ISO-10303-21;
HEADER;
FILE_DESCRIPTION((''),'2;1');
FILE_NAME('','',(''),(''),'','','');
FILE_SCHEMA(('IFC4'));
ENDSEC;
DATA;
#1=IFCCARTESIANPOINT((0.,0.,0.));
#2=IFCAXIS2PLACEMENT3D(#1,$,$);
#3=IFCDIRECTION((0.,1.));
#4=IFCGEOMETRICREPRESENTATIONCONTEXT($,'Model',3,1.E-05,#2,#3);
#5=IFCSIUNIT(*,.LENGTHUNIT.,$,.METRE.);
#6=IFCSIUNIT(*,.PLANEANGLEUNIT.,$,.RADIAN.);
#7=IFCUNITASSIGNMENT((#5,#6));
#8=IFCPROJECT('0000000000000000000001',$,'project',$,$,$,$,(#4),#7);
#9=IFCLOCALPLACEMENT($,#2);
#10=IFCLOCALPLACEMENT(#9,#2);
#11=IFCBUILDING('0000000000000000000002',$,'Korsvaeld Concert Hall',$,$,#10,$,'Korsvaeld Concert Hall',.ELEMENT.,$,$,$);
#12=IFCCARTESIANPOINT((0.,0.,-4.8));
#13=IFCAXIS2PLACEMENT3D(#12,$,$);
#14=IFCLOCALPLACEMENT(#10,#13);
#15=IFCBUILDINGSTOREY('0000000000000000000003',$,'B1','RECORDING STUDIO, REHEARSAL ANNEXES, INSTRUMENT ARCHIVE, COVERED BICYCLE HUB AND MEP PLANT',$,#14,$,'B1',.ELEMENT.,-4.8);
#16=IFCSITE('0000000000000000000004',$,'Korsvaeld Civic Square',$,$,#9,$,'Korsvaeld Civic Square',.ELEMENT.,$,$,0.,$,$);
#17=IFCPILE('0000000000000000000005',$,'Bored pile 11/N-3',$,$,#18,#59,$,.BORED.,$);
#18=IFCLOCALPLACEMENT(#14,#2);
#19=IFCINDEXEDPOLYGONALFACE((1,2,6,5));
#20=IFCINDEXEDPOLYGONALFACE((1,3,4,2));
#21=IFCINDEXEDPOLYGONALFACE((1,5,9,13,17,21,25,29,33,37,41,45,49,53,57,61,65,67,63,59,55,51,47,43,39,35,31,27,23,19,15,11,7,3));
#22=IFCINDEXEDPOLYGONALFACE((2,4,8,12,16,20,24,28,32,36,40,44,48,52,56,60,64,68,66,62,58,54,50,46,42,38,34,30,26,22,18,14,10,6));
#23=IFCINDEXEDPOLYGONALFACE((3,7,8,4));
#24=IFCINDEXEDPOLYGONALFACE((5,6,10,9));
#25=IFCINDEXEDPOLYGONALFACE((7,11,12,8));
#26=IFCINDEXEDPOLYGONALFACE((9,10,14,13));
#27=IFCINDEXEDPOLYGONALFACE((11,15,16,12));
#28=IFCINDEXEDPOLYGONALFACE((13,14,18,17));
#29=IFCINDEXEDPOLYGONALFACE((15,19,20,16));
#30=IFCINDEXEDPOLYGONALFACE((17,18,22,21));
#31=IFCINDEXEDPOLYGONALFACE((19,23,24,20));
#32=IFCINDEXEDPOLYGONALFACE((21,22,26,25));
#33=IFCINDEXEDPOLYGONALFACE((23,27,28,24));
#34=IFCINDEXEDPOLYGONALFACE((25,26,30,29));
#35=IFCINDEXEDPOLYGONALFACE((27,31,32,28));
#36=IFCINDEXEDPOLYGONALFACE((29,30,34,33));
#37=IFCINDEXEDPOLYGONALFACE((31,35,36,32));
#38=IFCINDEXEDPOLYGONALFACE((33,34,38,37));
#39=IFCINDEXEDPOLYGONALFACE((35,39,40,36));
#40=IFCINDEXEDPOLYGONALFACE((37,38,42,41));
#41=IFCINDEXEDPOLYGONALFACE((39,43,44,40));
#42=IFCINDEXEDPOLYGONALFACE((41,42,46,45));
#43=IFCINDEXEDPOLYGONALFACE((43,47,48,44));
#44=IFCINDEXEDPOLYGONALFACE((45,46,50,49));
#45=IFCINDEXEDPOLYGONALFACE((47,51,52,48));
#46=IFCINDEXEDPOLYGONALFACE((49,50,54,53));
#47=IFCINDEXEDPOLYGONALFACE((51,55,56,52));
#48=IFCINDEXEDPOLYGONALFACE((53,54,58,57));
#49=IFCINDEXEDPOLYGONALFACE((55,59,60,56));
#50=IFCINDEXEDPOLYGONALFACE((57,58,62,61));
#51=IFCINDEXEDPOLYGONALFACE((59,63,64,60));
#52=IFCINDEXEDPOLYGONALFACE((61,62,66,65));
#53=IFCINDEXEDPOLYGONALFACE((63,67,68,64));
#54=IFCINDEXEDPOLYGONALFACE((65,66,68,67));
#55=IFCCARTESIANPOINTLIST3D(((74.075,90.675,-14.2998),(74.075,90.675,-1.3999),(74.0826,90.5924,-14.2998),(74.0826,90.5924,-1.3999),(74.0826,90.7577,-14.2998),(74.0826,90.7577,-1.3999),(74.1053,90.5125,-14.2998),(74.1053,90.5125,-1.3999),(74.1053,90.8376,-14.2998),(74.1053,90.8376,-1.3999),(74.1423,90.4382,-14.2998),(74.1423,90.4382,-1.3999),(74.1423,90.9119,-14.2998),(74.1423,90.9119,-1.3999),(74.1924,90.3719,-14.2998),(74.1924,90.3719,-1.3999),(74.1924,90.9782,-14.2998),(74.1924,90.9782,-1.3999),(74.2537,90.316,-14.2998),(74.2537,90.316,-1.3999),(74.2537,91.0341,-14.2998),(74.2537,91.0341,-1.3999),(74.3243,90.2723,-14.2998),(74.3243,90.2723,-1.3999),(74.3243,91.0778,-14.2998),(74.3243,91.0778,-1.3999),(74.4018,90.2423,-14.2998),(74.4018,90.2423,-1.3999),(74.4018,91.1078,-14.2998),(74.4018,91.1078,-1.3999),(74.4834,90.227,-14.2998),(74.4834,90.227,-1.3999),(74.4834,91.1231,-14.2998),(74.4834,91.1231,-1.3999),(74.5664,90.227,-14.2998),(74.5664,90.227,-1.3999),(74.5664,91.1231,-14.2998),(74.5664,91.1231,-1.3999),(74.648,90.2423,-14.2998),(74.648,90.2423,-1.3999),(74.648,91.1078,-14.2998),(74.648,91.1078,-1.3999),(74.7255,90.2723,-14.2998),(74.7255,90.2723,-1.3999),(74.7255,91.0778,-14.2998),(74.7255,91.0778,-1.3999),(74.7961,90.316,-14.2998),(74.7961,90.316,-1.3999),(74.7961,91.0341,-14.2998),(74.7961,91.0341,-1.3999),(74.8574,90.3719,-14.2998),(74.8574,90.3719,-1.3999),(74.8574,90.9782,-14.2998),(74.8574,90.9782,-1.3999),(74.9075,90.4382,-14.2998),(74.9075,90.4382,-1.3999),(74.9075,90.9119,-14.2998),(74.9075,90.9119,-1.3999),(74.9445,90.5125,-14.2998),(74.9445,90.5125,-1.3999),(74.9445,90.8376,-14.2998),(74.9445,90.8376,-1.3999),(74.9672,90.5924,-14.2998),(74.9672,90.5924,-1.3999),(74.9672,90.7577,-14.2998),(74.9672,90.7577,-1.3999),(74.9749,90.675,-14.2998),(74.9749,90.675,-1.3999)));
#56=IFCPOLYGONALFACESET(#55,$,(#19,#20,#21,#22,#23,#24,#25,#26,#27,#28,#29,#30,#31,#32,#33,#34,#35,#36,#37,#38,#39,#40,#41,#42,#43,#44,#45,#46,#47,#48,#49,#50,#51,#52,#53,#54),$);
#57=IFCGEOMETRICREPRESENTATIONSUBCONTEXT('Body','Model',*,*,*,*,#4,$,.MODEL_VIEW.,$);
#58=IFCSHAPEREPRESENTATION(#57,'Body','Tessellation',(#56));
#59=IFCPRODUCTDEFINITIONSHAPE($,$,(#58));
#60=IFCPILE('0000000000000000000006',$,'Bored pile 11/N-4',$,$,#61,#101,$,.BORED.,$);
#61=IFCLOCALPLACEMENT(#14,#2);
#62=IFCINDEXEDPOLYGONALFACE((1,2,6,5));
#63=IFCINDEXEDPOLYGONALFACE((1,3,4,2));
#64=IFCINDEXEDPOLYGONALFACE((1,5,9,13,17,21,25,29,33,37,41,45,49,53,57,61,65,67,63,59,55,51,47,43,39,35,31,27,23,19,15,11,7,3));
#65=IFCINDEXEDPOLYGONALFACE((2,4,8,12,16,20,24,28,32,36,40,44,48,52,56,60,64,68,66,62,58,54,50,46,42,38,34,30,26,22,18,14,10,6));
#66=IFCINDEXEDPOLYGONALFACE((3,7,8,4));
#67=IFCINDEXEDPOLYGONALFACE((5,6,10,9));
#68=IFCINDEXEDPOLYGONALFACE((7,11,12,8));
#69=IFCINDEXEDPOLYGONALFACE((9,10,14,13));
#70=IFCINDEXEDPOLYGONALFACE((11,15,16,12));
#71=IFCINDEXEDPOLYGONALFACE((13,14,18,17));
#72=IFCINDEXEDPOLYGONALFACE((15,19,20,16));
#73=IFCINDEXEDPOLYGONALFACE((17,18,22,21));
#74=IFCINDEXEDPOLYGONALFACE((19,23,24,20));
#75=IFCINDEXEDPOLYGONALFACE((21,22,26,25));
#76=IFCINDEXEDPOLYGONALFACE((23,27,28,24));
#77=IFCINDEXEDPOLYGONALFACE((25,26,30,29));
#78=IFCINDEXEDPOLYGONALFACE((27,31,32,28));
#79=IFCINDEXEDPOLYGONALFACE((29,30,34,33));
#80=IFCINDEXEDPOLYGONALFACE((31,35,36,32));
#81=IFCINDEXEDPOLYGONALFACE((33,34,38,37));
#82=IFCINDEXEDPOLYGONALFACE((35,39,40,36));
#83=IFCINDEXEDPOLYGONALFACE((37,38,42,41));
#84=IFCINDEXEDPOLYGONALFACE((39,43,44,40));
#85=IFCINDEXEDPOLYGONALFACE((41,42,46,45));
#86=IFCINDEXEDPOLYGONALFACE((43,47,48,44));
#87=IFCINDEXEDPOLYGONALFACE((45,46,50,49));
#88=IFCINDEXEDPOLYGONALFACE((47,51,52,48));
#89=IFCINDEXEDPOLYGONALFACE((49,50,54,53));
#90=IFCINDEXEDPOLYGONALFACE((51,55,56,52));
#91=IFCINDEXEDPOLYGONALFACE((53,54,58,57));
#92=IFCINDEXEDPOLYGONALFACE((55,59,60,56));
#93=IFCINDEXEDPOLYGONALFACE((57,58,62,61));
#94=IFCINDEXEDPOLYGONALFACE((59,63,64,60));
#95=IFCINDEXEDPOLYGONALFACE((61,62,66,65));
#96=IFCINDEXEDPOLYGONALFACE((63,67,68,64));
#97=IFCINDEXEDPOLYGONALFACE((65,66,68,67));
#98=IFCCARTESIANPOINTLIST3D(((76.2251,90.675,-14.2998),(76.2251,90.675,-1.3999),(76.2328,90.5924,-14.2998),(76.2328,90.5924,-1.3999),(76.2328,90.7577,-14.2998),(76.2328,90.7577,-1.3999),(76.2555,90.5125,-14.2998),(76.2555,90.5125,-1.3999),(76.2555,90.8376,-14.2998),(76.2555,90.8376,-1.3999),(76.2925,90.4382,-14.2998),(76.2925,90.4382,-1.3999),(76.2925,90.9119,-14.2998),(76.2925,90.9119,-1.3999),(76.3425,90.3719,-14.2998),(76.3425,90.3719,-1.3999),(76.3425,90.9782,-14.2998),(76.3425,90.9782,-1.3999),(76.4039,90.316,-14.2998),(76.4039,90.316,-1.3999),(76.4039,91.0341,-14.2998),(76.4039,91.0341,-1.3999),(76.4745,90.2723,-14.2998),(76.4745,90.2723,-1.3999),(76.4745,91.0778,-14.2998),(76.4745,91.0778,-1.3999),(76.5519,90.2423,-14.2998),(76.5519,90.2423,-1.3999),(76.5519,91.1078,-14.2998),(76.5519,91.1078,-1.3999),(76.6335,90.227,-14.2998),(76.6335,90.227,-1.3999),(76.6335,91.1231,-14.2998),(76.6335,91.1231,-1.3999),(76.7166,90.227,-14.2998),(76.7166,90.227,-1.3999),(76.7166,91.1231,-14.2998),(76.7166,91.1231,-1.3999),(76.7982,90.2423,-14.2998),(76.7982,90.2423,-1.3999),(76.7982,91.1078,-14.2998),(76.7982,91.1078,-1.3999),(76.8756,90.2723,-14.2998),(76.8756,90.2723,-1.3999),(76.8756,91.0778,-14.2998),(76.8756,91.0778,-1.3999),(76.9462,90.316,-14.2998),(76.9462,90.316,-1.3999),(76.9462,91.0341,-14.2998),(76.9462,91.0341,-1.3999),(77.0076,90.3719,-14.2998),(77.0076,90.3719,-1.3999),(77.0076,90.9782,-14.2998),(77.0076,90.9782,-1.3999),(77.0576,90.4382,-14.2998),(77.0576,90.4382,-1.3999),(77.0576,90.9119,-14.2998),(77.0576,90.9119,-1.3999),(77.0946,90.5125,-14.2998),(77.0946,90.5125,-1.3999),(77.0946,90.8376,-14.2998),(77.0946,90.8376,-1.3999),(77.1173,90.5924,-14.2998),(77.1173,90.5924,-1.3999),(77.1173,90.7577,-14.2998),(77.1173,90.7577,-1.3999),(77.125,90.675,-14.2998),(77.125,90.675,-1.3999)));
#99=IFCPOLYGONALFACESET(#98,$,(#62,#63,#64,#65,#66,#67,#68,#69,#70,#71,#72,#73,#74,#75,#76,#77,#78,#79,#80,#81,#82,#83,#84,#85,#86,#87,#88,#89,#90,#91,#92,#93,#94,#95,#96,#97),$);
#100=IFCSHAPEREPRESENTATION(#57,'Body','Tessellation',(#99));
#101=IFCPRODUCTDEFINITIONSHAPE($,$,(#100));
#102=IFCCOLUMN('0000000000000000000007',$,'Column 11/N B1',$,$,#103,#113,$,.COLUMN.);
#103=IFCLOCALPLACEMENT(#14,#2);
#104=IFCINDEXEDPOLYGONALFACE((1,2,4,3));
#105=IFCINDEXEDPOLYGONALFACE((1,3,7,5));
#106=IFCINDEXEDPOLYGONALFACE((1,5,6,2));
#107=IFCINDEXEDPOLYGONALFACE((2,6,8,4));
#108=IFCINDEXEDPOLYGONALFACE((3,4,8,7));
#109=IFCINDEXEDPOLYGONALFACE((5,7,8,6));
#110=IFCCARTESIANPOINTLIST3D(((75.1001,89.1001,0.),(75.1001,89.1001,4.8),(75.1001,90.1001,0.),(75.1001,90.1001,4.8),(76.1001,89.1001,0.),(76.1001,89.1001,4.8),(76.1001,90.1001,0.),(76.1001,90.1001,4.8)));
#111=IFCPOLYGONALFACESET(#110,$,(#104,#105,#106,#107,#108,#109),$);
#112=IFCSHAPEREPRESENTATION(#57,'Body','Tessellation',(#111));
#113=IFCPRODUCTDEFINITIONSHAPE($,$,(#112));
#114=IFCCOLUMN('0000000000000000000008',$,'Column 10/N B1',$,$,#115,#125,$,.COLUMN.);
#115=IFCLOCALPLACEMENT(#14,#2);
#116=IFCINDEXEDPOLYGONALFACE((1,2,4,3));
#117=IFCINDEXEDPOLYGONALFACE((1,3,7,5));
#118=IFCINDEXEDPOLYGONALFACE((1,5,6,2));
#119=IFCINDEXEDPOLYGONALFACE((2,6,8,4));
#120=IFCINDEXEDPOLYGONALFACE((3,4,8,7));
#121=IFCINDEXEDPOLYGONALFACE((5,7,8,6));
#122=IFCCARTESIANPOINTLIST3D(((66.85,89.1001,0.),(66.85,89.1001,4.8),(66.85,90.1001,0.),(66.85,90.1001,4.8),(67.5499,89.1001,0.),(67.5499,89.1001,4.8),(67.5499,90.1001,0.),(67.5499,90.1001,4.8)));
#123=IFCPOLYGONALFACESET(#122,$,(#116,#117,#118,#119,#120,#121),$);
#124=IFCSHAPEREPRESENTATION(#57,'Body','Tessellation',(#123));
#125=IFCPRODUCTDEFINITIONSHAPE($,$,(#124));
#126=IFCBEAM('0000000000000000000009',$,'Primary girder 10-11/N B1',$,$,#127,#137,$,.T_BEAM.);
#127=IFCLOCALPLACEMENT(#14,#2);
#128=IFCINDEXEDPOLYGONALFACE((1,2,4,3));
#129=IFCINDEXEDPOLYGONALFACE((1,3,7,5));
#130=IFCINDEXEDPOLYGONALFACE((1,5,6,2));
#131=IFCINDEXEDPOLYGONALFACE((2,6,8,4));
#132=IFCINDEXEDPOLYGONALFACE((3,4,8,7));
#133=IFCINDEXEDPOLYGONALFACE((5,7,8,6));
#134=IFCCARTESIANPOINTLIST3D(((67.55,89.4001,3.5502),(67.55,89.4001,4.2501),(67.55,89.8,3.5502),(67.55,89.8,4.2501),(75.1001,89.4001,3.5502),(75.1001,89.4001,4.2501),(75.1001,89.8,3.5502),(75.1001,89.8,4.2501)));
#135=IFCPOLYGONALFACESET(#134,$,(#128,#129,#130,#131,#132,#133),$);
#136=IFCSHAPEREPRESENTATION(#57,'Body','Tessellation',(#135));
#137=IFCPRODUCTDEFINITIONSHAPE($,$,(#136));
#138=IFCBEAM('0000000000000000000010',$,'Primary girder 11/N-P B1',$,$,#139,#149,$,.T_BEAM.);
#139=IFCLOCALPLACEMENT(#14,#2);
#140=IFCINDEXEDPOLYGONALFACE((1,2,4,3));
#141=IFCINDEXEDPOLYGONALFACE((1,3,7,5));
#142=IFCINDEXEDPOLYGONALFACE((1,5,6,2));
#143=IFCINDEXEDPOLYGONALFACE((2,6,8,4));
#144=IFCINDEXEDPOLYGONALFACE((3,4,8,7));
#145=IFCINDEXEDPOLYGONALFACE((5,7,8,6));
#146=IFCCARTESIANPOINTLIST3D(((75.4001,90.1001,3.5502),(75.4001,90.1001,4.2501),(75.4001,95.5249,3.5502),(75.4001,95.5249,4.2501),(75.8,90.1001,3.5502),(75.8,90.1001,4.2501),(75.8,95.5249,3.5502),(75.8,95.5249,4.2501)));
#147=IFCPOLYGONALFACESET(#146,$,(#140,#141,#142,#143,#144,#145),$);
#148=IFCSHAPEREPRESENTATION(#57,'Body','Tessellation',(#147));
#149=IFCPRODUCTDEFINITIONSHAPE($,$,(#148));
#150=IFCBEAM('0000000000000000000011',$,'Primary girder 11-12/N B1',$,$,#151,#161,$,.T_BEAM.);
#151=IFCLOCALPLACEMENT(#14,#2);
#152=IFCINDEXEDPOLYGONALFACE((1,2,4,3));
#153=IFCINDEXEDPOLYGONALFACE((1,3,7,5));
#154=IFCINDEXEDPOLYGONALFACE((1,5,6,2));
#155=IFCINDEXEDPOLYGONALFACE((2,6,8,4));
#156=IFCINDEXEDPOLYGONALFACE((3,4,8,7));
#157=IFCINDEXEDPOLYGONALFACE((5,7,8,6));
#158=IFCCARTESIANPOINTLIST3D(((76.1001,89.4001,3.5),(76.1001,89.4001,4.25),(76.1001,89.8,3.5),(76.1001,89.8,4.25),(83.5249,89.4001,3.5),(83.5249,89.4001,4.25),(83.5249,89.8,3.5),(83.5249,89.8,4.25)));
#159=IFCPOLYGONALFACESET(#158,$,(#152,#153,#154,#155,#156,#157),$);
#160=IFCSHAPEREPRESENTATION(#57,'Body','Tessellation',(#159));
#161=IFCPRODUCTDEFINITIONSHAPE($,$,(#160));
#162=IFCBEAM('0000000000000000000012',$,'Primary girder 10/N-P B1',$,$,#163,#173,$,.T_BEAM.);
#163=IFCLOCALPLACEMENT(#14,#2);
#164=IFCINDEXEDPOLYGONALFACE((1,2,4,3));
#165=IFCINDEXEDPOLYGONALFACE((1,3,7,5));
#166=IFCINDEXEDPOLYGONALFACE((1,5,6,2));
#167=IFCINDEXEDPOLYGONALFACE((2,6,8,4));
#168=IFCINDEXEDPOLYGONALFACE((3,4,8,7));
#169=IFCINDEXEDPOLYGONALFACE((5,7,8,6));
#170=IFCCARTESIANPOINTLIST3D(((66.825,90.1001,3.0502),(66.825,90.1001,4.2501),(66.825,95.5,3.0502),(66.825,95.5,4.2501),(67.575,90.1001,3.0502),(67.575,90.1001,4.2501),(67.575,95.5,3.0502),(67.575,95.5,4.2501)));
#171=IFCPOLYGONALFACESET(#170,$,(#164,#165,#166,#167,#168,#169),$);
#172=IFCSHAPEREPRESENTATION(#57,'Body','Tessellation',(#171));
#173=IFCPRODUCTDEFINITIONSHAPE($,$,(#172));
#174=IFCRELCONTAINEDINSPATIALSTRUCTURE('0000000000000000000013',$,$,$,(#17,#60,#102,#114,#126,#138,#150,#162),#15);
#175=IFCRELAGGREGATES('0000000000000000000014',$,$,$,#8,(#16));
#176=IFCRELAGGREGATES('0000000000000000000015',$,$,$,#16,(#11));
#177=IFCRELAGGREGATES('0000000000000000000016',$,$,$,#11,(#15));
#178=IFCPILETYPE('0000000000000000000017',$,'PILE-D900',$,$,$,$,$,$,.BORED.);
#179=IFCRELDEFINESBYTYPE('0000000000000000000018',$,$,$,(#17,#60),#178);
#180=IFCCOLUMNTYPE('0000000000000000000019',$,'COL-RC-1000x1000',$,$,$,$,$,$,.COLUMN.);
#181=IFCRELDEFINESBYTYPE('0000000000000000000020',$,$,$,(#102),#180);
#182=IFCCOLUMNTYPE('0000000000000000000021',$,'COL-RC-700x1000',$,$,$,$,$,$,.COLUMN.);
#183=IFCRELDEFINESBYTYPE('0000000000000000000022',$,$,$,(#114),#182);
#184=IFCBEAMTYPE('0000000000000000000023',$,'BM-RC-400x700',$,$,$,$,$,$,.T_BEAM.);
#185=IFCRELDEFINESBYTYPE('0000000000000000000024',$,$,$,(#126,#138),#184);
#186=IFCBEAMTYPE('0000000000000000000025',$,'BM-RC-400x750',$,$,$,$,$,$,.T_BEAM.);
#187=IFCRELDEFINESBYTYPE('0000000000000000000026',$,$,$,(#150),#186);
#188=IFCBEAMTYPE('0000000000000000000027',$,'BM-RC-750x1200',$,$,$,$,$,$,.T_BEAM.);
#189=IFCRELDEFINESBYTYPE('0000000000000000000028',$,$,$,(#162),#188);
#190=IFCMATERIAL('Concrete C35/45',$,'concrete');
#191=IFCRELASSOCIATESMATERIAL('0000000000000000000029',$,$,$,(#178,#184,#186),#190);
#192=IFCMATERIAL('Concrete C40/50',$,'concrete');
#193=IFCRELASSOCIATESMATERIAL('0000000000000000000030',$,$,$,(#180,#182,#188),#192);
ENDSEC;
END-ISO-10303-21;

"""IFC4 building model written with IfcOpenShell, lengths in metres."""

from ifc_helpers import new_model, si_unit, direction, frame, origin, origin_2d, place, context, subcontext, project, spatial, rectangle, circle, extrude, material, material_profile, profile_set, type_object, element, save


model = new_model("IFC4")

# Units and contexts
model_context = context("Model", 3, precision=1e-05, world=origin(), true_north=direction((0.0, 1.0)))
body_context = subcontext(model_context, "Body", "Model", "MODEL_VIEW")
ifc_project = project(units=[si_unit("LENGTHUNIT", "METRE"), si_unit("PLANEANGLEUNIT", "RADIAN")], contexts=[model_context])

# Site, building, storey
site_placement = place(None, origin())
site = spatial("IfcSite", under=ifc_project, at=site_placement, Name="Korsvaeld Civic Square", LongName="Korsvaeld Civic Square", CompositionType="ELEMENT", RefElevation=0.0)
building_placement = place(site_placement, origin())
building = spatial("IfcBuilding", under=site, at=building_placement, Name="Korsvaeld Concert Hall", LongName="Korsvaeld Concert Hall", CompositionType="ELEMENT")
storey_placement = place(building_placement, frame((0.0, 0.0, -4.8)))
storey = spatial("IfcBuildingStorey", under=building, at=storey_placement, Name="B1", Description="RECORDING STUDIO, REHEARSAL ANNEXES, INSTRUMENT ARCHIVE, COVERED BICYCLE HUB AND MEP PLANT", LongName="B1", CompositionType="ELEMENT", Elevation=-4.8)

# Shared definitions
ifc_material_1 = material(Name="Concrete C35/45", Category="concrete")

# Piles
ifc_material_2 = material(Name="Concrete C40/50", Category="concrete")
ifc_material_profile_1 = material_profile(ifc_material_1, circle(Radius=0.45, at=origin_2d()), Name="BORED PILE D900")
ifc_profile_set_1 = profile_set([ifc_material_profile_1], Name="Concrete C35/45")
pile_type_1 = type_object("IfcPileType", Name="PILE-D900", PredefinedType="BORED", material=ifc_profile_set_1)
for number, where, z_axis, x_axis, name in (
    (1, (74.5249, 90.675, -1.3999), (0.0, 0.0, -1.0), (1.0, 0.0, 0.0), "Bored pile 11/N-3"),
    (2, (76.675, 90.675, -1.3999), (0.0, 0.0, -1.0), (1.0, 0.0, 0.0), "Bored pile 11/N-4"),
):
    element("IfcPile", number, at=place(storey_placement, frame(where, z_axis=z_axis, x_axis=x_axis)), inside=storey, type_object=pile_type_1, Name=name, PredefinedType="BORED", context=body_context, shape_type="SweptSolid", body=[
        extrude(circle(Radius=0.45, at=origin_2d()), origin(), (0.0, 0.0, 1.0), 12.8999),
    ])

# Columns
ifc_material_profile_2 = material_profile(ifc_material_2, rectangle(XDim=1.0, YDim=1.0, at=origin_2d()), Name="RC 1000x1000")
ifc_profile_set_2 = profile_set([ifc_material_profile_2], Name="Concrete C40/50")
column_type_1 = type_object("IfcColumnType", Name="COL-RC-1000x1000", PredefinedType="COLUMN", material=ifc_profile_set_2)
column_1_placement = place(storey_placement, frame((75.6001, 89.6001, 0.0), z_axis=(0.0, 0.0, 1.0), x_axis=(1.0, 0.0, 0.0)))
element("IfcColumn", 3, at=column_1_placement, inside=storey, type_object=column_type_1, Name="Column 11/N B1", PredefinedType="COLUMN", context=body_context, shape_type="SweptSolid", body=[
    extrude(rectangle(XDim=1.0, YDim=1.0, at=origin_2d()), origin(), (0.0, 0.0, 1.0), 4.8),
])
ifc_material_profile_3 = material_profile(ifc_material_2, rectangle(XDim=0.7, YDim=1.0, at=origin_2d()), Name="RC 700x1000")
ifc_profile_set_3 = profile_set([ifc_material_profile_3], Name="Concrete C40/50")
column_type_2 = type_object("IfcColumnType", Name="COL-RC-700x1000", PredefinedType="COLUMN", material=ifc_profile_set_3)
column_2_placement = place(storey_placement, frame((67.2, 89.6001, 0.0), z_axis=(0.0, 0.0, 1.0), x_axis=(1.0, 0.0, 0.0)))
element("IfcColumn", 4, at=column_2_placement, inside=storey, type_object=column_type_2, Name="Column 10/N B1", PredefinedType="COLUMN", context=body_context, shape_type="SweptSolid", body=[
    extrude(rectangle(XDim=0.7, YDim=1.0, at=origin_2d()), origin(), (0.0, 0.0, 1.0), 4.8),
])

# Beams
ifc_material_profile_4 = material_profile(ifc_material_1, rectangle(XDim=0.3999, YDim=0.7, at=origin_2d()), Name="RC 400x700")
ifc_profile_set_4 = profile_set([ifc_material_profile_4], Name="Concrete C35/45")
beam_type_1 = type_object("IfcBeamType", Name="BM-RC-400x700", PredefinedType="T_BEAM", material=ifc_profile_set_4)
beam_1_placement = place(storey_placement, frame((67.55, 89.6001, 3.9001), z_axis=(1.0, 0.0, 0.0), x_axis=(0.0, 1.0, 0.0)))
element("IfcBeam", 5, at=beam_1_placement, inside=storey, type_object=beam_type_1, Name="Primary girder 10-11/N B1", PredefinedType="T_BEAM", context=body_context, shape_type="SweptSolid", body=[
    extrude(rectangle(XDim=0.3999, YDim=0.7, at=origin_2d()), origin(), (0.0, 0.0, 1.0), 7.55),
])
beam_2_placement = place(storey_placement, frame((75.6001, 90.1001, 3.9001), z_axis=(0.0, 1.0, 0.0), x_axis=(-1.0, 0.0, 0.0)))
element("IfcBeam", 6, at=beam_2_placement, inside=storey, type_object=beam_type_1, Name="Primary girder 11/N-P B1", PredefinedType="T_BEAM", context=body_context, shape_type="SweptSolid", body=[
    extrude(rectangle(XDim=0.3999, YDim=0.7, at=origin_2d()), origin(), (0.0, 0.0, 1.0), 5.4248),
])
ifc_material_profile_5 = material_profile(ifc_material_1, rectangle(XDim=0.3999, YDim=0.75, at=origin_2d()), Name="RC 400x750")
ifc_profile_set_5 = profile_set([ifc_material_profile_5], Name="Concrete C35/45")
beam_type_2 = type_object("IfcBeamType", Name="BM-RC-400x750", PredefinedType="T_BEAM", material=ifc_profile_set_5)
beam_3_placement = place(storey_placement, frame((76.1001, 89.6001, 3.875), z_axis=(1.0, 0.0, 0.0), x_axis=(0.0, 1.0, 0.0)))
element("IfcBeam", 7, at=beam_3_placement, inside=storey, type_object=beam_type_2, Name="Primary girder 11-12/N B1", PredefinedType="T_BEAM", context=body_context, shape_type="SweptSolid", body=[
    extrude(rectangle(XDim=0.3999, YDim=0.75, at=origin_2d()), origin(), (0.0, 0.0, 1.0), 7.4248),
])
ifc_material_profile_6 = material_profile(ifc_material_2, rectangle(XDim=0.75, YDim=1.2, at=origin_2d()), Name="RC 750x1200")
ifc_profile_set_6 = profile_set([ifc_material_profile_6], Name="Concrete C40/50")
beam_type_3 = type_object("IfcBeamType", Name="BM-RC-750x1200", PredefinedType="T_BEAM", material=ifc_profile_set_6)
beam_4_placement = place(storey_placement, frame((67.2, 90.1001, 3.6501), z_axis=(0.0, 1.0, 0.0), x_axis=(-1.0, 0.0, 0.0)))
element("IfcBeam", 8, at=beam_4_placement, inside=storey, type_object=beam_type_3, Name="Primary girder 10/N-P B1", PredefinedType="T_BEAM", context=body_context, shape_type="SweptSolid", body=[
    extrude(rectangle(XDim=0.75, YDim=1.2, at=origin_2d()), origin(), (0.0, 0.0, 1.0), 5.3999),
])

save(model, "model.ifc")
